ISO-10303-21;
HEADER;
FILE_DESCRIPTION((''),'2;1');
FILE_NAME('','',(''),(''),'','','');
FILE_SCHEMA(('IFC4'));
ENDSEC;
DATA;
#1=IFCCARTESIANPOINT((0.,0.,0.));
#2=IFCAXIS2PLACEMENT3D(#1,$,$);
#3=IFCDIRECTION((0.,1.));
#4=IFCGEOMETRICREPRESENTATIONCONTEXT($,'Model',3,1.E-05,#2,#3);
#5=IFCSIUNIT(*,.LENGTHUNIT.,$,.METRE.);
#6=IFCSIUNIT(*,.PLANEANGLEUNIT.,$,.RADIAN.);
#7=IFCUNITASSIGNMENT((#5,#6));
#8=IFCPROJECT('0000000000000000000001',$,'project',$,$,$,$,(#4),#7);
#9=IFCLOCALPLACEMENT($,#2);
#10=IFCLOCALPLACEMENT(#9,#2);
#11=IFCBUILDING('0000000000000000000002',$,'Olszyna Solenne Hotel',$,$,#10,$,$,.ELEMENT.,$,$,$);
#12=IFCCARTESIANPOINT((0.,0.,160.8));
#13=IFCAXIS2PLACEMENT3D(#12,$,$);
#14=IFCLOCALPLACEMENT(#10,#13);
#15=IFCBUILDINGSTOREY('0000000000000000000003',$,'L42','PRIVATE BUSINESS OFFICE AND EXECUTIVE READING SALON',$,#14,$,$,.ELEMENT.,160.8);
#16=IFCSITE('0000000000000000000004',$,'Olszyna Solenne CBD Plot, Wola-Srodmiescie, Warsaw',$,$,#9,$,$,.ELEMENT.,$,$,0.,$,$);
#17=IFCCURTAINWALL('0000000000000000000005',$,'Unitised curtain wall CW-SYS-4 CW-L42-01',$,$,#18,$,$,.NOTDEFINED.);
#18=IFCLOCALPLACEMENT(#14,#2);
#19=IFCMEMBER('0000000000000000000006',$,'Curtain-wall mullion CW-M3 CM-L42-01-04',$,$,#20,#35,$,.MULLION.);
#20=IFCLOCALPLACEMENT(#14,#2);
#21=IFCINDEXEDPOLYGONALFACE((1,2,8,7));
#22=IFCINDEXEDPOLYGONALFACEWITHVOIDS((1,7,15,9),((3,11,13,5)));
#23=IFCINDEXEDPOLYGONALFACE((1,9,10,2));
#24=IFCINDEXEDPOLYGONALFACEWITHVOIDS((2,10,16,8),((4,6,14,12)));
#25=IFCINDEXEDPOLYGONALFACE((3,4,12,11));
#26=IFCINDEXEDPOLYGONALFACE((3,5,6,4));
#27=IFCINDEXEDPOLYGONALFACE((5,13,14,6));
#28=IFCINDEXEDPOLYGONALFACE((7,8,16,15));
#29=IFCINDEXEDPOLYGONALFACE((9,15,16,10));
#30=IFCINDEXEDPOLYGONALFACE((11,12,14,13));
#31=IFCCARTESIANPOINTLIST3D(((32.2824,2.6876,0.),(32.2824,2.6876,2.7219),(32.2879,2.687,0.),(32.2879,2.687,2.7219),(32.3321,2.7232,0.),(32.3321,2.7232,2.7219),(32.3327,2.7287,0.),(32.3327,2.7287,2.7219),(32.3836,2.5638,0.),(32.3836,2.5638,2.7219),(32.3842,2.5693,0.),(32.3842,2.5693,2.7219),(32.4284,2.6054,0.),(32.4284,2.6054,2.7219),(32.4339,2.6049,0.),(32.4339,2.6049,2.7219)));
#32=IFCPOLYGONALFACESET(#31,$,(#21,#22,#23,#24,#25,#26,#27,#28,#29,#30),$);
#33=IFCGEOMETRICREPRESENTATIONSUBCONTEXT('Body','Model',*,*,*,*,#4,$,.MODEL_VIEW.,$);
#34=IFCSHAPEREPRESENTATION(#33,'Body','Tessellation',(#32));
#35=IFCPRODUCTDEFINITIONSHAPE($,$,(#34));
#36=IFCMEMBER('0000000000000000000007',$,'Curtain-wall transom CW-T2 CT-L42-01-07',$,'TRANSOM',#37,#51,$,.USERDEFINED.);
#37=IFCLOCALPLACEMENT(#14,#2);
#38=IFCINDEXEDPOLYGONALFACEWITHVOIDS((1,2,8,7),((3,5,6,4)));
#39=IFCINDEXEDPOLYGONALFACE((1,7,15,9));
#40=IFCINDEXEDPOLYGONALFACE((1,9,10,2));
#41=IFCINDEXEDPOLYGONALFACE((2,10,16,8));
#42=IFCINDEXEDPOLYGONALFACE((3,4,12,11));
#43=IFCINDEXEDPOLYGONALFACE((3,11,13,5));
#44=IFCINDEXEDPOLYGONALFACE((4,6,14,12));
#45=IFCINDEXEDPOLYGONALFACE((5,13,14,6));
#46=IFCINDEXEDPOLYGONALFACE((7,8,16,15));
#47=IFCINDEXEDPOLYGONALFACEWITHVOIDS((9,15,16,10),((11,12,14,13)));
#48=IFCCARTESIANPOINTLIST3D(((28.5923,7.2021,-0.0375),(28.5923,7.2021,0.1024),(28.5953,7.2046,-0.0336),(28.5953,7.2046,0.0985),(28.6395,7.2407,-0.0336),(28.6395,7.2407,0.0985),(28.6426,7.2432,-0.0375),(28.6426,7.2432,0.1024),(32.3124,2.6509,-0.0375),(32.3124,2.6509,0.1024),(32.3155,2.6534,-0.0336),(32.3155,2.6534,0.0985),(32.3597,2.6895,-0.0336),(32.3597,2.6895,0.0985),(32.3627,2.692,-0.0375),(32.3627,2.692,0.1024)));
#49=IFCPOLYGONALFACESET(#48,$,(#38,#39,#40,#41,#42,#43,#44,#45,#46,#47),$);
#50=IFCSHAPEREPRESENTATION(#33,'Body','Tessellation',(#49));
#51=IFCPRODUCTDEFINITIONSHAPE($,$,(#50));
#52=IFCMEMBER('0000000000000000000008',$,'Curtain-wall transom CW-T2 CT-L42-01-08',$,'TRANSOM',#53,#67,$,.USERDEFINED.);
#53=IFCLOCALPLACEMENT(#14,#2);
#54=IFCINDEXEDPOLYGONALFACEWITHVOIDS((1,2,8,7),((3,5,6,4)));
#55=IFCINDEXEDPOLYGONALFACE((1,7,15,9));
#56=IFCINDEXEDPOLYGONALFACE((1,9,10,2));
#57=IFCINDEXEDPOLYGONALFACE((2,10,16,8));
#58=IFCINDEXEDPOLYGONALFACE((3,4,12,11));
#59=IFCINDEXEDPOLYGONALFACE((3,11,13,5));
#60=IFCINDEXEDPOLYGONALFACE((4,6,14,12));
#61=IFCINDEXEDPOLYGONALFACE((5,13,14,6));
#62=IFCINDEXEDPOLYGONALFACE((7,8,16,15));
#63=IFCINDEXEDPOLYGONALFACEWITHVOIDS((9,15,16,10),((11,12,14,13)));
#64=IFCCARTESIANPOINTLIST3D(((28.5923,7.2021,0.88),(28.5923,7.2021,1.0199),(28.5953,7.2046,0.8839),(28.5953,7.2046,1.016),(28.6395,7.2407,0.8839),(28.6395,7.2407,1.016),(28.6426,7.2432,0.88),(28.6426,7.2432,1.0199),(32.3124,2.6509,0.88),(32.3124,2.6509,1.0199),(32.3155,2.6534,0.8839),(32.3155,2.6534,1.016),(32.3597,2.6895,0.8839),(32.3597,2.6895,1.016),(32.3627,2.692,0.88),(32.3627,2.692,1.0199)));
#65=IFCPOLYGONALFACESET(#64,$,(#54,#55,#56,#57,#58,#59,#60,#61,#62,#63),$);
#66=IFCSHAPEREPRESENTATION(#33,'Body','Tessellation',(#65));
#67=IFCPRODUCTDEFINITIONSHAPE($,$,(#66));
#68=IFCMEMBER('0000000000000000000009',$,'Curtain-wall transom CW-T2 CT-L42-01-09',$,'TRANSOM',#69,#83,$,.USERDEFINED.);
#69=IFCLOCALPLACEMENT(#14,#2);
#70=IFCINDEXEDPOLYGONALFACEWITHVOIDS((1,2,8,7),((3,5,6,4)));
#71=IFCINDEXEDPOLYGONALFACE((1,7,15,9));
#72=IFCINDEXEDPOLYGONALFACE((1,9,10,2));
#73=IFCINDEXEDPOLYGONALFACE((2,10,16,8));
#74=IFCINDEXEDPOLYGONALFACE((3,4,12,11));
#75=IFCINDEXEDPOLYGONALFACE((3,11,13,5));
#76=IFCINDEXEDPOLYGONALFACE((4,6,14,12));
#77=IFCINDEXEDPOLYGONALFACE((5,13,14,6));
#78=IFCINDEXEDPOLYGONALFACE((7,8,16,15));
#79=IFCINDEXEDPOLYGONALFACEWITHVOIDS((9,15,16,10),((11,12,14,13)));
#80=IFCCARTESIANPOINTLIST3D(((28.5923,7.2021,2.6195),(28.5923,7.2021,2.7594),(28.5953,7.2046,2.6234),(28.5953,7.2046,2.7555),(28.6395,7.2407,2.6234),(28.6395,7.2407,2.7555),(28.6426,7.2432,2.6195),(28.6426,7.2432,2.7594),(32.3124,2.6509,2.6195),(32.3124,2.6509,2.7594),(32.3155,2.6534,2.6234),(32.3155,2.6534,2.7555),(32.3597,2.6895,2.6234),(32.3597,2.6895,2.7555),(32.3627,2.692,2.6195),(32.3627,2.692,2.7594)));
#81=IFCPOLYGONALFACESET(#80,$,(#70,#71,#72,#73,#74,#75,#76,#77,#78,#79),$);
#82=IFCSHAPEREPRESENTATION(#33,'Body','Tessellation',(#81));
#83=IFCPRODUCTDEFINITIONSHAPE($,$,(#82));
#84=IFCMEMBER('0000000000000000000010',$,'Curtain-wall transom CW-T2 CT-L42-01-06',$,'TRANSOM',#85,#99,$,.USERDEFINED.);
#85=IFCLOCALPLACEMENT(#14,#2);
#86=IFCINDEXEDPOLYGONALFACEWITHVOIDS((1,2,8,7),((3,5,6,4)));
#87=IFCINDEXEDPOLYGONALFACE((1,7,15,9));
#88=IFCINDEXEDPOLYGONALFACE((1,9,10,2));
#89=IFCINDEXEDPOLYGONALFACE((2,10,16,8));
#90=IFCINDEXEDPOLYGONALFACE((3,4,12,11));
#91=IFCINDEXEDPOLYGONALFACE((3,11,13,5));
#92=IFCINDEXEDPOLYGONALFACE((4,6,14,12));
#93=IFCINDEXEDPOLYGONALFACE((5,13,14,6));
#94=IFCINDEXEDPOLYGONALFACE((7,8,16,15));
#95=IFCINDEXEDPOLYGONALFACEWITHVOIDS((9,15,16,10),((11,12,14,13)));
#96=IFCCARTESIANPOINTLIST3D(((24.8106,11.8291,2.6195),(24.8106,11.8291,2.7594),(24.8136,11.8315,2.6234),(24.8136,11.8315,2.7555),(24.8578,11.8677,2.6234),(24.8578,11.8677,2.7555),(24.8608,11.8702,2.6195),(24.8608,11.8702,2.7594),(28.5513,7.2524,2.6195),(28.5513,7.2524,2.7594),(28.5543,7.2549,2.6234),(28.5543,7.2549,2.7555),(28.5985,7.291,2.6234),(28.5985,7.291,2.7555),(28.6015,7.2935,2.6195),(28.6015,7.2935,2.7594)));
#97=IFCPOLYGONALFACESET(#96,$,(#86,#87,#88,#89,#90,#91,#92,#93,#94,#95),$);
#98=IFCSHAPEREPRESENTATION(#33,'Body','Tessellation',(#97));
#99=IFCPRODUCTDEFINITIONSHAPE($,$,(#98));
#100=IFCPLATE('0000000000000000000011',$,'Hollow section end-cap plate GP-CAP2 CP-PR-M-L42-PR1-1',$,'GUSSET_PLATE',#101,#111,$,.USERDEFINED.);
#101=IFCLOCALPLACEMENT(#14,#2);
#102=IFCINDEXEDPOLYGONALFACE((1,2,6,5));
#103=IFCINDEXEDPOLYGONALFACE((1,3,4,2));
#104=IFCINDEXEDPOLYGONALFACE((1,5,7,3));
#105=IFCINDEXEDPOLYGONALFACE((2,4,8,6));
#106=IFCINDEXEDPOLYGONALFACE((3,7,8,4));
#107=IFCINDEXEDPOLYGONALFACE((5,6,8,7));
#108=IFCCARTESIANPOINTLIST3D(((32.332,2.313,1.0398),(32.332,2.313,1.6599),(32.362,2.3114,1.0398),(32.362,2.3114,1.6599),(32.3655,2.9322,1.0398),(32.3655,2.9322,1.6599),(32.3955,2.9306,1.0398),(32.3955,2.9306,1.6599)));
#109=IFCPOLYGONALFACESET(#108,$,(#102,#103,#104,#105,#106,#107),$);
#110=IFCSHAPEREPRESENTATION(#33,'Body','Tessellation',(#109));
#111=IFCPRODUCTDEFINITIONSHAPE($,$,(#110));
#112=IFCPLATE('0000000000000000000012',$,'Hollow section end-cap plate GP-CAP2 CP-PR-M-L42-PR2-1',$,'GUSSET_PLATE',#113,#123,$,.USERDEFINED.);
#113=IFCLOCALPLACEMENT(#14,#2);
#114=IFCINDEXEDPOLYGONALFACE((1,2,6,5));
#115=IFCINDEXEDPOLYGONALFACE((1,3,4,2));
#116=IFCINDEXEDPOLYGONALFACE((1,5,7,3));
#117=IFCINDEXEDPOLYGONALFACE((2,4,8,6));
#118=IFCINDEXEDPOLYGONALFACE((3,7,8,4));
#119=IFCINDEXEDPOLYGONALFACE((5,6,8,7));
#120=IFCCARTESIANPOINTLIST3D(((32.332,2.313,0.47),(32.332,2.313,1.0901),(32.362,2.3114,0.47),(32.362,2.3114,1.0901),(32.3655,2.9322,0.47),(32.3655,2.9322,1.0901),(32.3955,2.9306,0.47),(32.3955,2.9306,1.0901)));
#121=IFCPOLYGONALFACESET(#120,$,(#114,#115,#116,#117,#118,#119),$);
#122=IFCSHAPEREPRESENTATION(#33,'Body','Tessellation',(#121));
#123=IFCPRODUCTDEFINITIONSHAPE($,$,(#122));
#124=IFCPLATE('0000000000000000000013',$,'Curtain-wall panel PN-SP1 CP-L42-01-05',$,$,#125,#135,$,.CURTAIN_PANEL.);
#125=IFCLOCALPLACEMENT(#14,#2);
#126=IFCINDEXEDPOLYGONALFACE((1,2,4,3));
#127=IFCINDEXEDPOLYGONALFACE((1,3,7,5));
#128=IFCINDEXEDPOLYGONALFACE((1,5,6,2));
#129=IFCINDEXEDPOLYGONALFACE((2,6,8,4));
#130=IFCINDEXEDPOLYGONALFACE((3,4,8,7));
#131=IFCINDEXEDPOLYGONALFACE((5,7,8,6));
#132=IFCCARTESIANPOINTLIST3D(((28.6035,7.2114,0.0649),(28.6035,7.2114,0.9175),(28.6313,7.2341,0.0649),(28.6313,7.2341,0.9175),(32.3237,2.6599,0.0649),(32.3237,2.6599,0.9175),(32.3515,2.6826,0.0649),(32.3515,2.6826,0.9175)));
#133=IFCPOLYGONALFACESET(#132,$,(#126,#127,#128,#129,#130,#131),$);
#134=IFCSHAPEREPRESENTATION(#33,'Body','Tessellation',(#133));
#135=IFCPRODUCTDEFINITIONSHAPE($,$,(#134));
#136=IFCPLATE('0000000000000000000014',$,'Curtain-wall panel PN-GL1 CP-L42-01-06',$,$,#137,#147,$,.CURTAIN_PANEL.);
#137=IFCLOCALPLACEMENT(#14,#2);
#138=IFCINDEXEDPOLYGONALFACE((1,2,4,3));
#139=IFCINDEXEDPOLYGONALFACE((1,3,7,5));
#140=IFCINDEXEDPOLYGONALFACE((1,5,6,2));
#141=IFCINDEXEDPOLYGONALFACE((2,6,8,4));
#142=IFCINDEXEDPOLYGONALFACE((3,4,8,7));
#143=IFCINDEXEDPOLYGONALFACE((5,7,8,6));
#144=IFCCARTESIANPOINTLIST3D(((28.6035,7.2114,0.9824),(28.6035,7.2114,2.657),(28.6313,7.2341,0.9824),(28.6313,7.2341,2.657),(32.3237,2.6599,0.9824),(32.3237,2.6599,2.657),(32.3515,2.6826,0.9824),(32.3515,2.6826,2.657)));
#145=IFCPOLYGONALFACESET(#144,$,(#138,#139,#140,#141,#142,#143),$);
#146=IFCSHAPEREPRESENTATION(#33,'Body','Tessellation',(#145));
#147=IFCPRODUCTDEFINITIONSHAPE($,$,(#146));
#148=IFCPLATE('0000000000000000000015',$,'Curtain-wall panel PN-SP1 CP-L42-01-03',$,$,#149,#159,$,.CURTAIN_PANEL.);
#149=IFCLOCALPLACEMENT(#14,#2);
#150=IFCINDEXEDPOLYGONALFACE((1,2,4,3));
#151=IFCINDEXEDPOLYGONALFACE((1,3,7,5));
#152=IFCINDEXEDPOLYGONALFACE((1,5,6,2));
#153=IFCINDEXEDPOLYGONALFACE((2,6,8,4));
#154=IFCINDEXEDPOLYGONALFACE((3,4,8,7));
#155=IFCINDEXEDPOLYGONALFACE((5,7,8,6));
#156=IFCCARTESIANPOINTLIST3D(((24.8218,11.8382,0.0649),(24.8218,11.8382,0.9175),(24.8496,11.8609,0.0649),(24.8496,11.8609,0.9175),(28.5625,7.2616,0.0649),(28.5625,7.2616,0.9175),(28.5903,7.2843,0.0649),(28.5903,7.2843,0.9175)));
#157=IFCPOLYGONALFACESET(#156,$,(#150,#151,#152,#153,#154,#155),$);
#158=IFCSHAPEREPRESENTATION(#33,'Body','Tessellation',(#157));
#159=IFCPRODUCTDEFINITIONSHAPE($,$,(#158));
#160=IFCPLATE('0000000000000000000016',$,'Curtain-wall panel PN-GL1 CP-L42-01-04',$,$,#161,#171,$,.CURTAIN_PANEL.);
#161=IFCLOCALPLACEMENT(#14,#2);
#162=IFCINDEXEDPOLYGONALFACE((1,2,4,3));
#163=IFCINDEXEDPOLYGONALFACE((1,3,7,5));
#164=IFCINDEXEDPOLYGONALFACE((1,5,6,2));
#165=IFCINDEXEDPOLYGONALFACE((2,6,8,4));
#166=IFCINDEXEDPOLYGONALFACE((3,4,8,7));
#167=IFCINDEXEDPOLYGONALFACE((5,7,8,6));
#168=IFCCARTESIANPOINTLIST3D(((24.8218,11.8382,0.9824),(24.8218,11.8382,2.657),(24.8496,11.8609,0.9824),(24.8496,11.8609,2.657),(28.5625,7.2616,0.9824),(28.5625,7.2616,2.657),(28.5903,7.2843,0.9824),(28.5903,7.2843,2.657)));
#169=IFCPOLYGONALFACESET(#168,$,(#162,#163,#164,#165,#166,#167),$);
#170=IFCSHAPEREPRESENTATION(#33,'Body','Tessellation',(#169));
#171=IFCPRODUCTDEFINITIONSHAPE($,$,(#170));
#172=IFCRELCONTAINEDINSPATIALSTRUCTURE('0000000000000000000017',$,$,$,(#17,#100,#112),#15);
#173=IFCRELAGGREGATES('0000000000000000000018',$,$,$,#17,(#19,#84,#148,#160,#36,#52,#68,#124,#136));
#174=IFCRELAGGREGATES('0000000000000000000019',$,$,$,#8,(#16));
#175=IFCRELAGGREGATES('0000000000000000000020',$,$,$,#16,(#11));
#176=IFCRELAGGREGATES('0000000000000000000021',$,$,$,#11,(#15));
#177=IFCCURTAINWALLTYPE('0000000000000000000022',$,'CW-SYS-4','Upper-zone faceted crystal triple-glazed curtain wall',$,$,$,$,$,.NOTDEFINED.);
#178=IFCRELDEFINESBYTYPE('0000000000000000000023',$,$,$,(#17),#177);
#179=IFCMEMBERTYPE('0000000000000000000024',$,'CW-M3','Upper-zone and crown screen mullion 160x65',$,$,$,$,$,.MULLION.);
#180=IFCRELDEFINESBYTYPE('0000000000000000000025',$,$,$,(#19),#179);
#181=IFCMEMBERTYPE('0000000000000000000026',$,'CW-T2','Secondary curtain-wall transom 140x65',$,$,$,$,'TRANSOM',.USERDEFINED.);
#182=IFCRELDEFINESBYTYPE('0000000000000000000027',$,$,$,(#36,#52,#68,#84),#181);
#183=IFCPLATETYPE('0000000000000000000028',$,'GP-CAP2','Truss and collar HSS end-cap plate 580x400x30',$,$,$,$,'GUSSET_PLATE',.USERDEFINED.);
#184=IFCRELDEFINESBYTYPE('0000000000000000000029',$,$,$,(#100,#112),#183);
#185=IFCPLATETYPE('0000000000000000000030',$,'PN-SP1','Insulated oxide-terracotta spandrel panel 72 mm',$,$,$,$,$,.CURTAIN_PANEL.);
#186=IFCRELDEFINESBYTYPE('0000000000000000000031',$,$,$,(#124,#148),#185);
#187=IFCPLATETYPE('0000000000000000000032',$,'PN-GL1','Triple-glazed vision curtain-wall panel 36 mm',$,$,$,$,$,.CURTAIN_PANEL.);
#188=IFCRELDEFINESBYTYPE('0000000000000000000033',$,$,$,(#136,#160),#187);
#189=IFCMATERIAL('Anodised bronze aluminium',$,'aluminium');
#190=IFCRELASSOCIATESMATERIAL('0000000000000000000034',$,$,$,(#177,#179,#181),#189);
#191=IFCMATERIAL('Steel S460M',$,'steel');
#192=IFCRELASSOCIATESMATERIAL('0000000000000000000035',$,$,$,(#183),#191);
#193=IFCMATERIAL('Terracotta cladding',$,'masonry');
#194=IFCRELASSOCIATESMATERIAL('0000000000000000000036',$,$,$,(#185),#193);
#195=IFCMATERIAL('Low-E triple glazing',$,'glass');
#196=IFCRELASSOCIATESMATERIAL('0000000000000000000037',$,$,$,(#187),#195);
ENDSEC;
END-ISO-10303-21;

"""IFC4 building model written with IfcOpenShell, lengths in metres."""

from ifc_helpers import new_model, si_unit, direction, frame, origin, origin_2d, place, context, subcontext, project, spatial, rectangle, hollow_rectangle, extrude, source, transform, mapped, material, material_profile, profile_set, type_object, element, aggregate, save


model = new_model("IFC4")

# Units and contexts
model_context = context("Model", 3, precision=1e-05, world=origin(), true_north=direction((0.0, 1.0)))
body_context = subcontext(model_context, "Body", "Model", "MODEL_VIEW")
ifc_project = project(units=[si_unit("LENGTHUNIT", "METRE"), si_unit("PLANEANGLEUNIT", "RADIAN")], contexts=[model_context])

# Site, building, storey
site_placement = place(None, origin())
site = spatial("IfcSite", under=ifc_project, at=site_placement, Name="Olszyna Solenne CBD Plot, Wola-Srodmiescie, Warsaw", CompositionType="ELEMENT", RefElevation=0.0)
building_placement = place(site_placement, origin())
building = spatial("IfcBuilding", under=site, at=building_placement, Name="Olszyna Solenne Hotel", CompositionType="ELEMENT")
storey_placement = place(building_placement, frame((0.0, 0.0, 160.8)))
storey = spatial("IfcBuildingStorey", under=building, at=storey_placement, Name="L42", Description="PRIVATE BUSINESS OFFICE AND EXECUTIVE READING SALON", CompositionType="ELEMENT", Elevation=160.8)

# Shared definitions
ifc_material_1 = material(Name="Steel S460M", Category="steel")

# Curtain wall, members
ifc_material_2 = material(Name="Anodised bronze aluminium", Category="aluminium")
curtain_wall_type = type_object("IfcCurtainWallType", Name="CW-SYS-4", Description="Upper-zone faceted crystal triple-glazed curtain wall", PredefinedType="NOTDEFINED", material=ifc_material_2)
curtain_wall_placement = place(storey_placement, origin())
curtain_wall = element("IfcCurtainWall", 1, at=curtain_wall_placement, inside=storey, type_object=curtain_wall_type, Name="Unitised curtain wall CW-SYS-4 CW-L42-01", PredefinedType="NOTDEFINED")
ifc_material_profile_1 = material_profile(ifc_material_2, hollow_rectangle(XDim=0.0649, YDim=0.1599, WallThickness=0.0039, at=origin_2d()), Name="MULL 160x65x4", Category="load-bearing")
ifc_profile_set_1 = profile_set([ifc_material_profile_1], Name="Anodised bronze aluminium")
member_type_1 = type_object("IfcMemberType", Name="CW-M3", Description="Upper-zone and crown screen mullion 160x65", PredefinedType="MULLION", material=ifc_profile_set_1)
shared_shape_1 = source(origin(), body_context, "Body", "SweptSolid", [
    extrude(hollow_rectangle(XDim=0.0649, YDim=0.1599, WallThickness=0.0039, at=origin_2d()), origin(), (0.0, 0.0, 1.0), 2.7219),
])
member_1_placement = place(storey_placement, frame((32.3582, 2.6462, 0.0), z_axis=(0.0, 0.0, 1.0), x_axis=(0.774268, 0.632858, 0.0)))
member_1 = element("IfcMember", 2, at=member_1_placement, type_object=member_type_1, Name="Curtain-wall mullion CW-M3 CM-L42-01-04", PredefinedType="MULLION", context=body_context, shape_type="MappedRepresentation", body=[
    mapped(shared_shape_1, transform((0.0, 0.0, 0.0), x_axis=(1.0, 0.0, 0.0), y_axis=(0.0, 1.0, 0.0), z_axis=(0.0, 0.0, 1.0), scale=1.0)),
])
ifc_material_profile_2 = material_profile(ifc_material_2, hollow_rectangle(XDim=0.0649, YDim=0.1399, WallThickness=0.0039, at=origin_2d()), Name="TRAN 140x65x4", Category="load-bearing")
ifc_profile_set_2 = profile_set([ifc_material_profile_2], Name="Anodised bronze aluminium")
member_type_2 = type_object("IfcMemberType", Name="CW-T2", Description="Secondary curtain-wall transom 140x65", ElementType="TRANSOM", PredefinedType="USERDEFINED", material=ifc_profile_set_2)
shared_shape_2 = source(origin(), body_context, "Body", "SweptSolid", [
    extrude(hollow_rectangle(XDim=0.0649, YDim=0.1399, WallThickness=0.0039, at=origin_2d()), origin(), (0.0, 0.0, 1.0), 5.8782),
])
member_2_placement = place(storey_placement, frame((28.6174, 7.2227, 0.0325), z_axis=(0.632876, -0.774253, 0.0), x_axis=(0.774253, 0.632876, 0.0)))
member_2 = element("IfcMember", 3, at=member_2_placement, type_object=member_type_2, Name="Curtain-wall transom CW-T2 CT-L42-01-07", ObjectType="TRANSOM", PredefinedType="USERDEFINED", context=body_context, shape_type="MappedRepresentation", body=[
    mapped(shared_shape_2, transform((0.0, 0.0, 0.0), x_axis=(1.0, 0.0, 0.0), y_axis=(0.0, 1.0, 0.0), z_axis=(0.0, 0.0, 1.0), scale=1.0)),
])
member_3_placement = place(storey_placement, frame((28.6174, 7.2227, 0.95), z_axis=(0.632876, -0.774253, 0.0), x_axis=(0.774253, 0.632876, 0.0)))
member_3 = element("IfcMember", 4, at=member_3_placement, type_object=member_type_2, Name="Curtain-wall transom CW-T2 CT-L42-01-08", ObjectType="TRANSOM", PredefinedType="USERDEFINED", context=body_context, shape_type="MappedRepresentation", body=[
    mapped(shared_shape_2, transform((0.0, 0.0, 0.0), x_axis=(1.0, 0.0, 0.0), y_axis=(0.0, 1.0, 0.0), z_axis=(0.0, 0.0, 1.0), scale=1.0)),
])
member_4_placement = place(storey_placement, frame((28.6174, 7.2227, 2.6895), z_axis=(0.632876, -0.774253, 0.0), x_axis=(0.774253, 0.632876, 0.0)))
member_4 = element("IfcMember", 5, at=member_4_placement, type_object=member_type_2, Name="Curtain-wall transom CW-T2 CT-L42-01-09", ObjectType="TRANSOM", PredefinedType="USERDEFINED", context=body_context, shape_type="MappedRepresentation", body=[
    mapped(shared_shape_2, transform((0.0, 0.0, 0.0), x_axis=(1.0, 0.0, 0.0), y_axis=(0.0, 1.0, 0.0), z_axis=(0.0, 0.0, 1.0), scale=1.0)),
])
shared_shape_3 = source(origin(), body_context, "Body", "SweptSolid", [
    extrude(hollow_rectangle(XDim=0.0649, YDim=0.1399, WallThickness=0.0039, at=origin_2d()), origin(), (0.0, 0.0, 1.0), 5.9109),
])
member_5_placement = place(storey_placement, frame((24.8357, 11.8496, 2.6895), z_axis=(0.632851, -0.774274, 0.0), x_axis=(0.774274, 0.632851, 0.0)))
member_5 = element("IfcMember", 6, at=member_5_placement, type_object=member_type_2, Name="Curtain-wall transom CW-T2 CT-L42-01-06", ObjectType="TRANSOM", PredefinedType="USERDEFINED", context=body_context, shape_type="MappedRepresentation", body=[
    mapped(shared_shape_3, transform((0.0, 0.0, 0.0), x_axis=(1.0, 0.0, 0.0), y_axis=(0.0, 1.0, 0.0), z_axis=(0.0, 0.0, 1.0), scale=1.0)),
])

# Plates
plate_type_1 = type_object("IfcPlateType", Name="GP-CAP2", Description="Truss and collar HSS end-cap plate 580x400x30", ElementType="GUSSET_PLATE", PredefinedType="USERDEFINED", material=ifc_material_1)
shared_shape_4 = source(origin(), body_context, "Body", "SweptSolid", [
    extrude(rectangle(XDim=0.03, YDim=0.6201, at=origin_2d()), origin(), (0.0, 0.0, 1.0), 0.6201),
])
for number, where, z_axis, x_axis, name in (
    (7, (32.3638, 2.6218, 1.0398), (0.0, 0.0, 1.0), (0.998537, -0.054079, 0.0), "Hollow section end-cap plate GP-CAP2 CP-PR-M-L42-PR1-1"),
    (8, (32.3638, 2.6218, 0.47), (0.0, 0.0, 1.0), (0.998537, -0.054079, 0.0), "Hollow section end-cap plate GP-CAP2 CP-PR-M-L42-PR2-1"),
):
    element("IfcPlate", number, at=place(storey_placement, frame(where, z_axis=z_axis, x_axis=x_axis)), inside=storey, type_object=plate_type_1, Name=name, ObjectType="GUSSET_PLATE", PredefinedType="USERDEFINED", context=body_context, shape_type="MappedRepresentation", body=[
        mapped(shared_shape_4, transform((0.0, 0.0, 0.0), x_axis=(1.0, 0.0, 0.0), y_axis=(0.0, 1.0, 0.0), z_axis=(0.0, 0.0, 1.0), scale=1.0)),
    ])

# Plates
ifc_material_3 = material(Name="Terracotta cladding", Category="masonry")
plate_type_2 = type_object("IfcPlateType", Name="PN-SP1", Description="Insulated oxide-terracotta spandrel panel 72 mm", PredefinedType="CURTAIN_PANEL", material=ifc_material_3)
shared_shape_5 = source(origin(), body_context, "Body", "SweptSolid", [
    extrude(rectangle(XDim=5.8784, YDim=0.0359, at=origin_2d()), origin(), (0.0, 0.0, 1.0), 0.8525),
])
plate_1_placement = place(storey_placement, frame((30.4775, 4.947, 0.0649), z_axis=(0.0, 0.0, 1.0), x_axis=(0.632858, -0.774268, 0.0)))
plate_1 = element("IfcPlate", 9, at=plate_1_placement, type_object=plate_type_2, Name="Curtain-wall panel PN-SP1 CP-L42-01-05", PredefinedType="CURTAIN_PANEL", context=body_context, shape_type="MappedRepresentation", body=[
    mapped(shared_shape_5, transform((0.0, 0.0, 0.0), x_axis=(1.0, 0.0, 0.0), y_axis=(0.0, 1.0, 0.0), z_axis=(0.0, 0.0, 1.0), scale=1.0)),
])
ifc_material_4 = material(Name="Low-E triple glazing", Category="glass")
plate_type_3 = type_object("IfcPlateType", Name="PN-GL1", Description="Triple-glazed vision curtain-wall panel 36 mm", PredefinedType="CURTAIN_PANEL", material=ifc_material_4)
shared_shape_6 = source(origin(), body_context, "Body", "SweptSolid", [
    extrude(rectangle(XDim=5.8784, YDim=0.0359, at=origin_2d()), origin(), (0.0, 0.0, 1.0), 1.6746),
])
plate_2_placement = place(storey_placement, frame((30.4775, 4.947, 0.9824), z_axis=(0.0, 0.0, 1.0), x_axis=(0.632858, -0.774268, 0.0)))
plate_2 = element("IfcPlate", 10, at=plate_2_placement, type_object=plate_type_3, Name="Curtain-wall panel PN-GL1 CP-L42-01-06", PredefinedType="CURTAIN_PANEL", context=body_context, shape_type="MappedRepresentation", body=[
    mapped(shared_shape_6, transform((0.0, 0.0, 0.0), x_axis=(1.0, 0.0, 0.0), y_axis=(0.0, 1.0, 0.0), z_axis=(0.0, 0.0, 1.0), scale=1.0)),
])
shared_shape_7 = source(origin(), body_context, "Body", "SweptSolid", [
    extrude(rectangle(XDim=5.9109, YDim=0.0359, at=origin_2d()), origin(), (0.0, 0.0, 1.0), 0.8525),
])
plate_3_placement = place(storey_placement, frame((26.7061, 9.5613, 0.0649), z_axis=(0.0, 0.0, 1.0), x_axis=(0.632858, -0.774268, 0.0)))
plate_3 = element("IfcPlate", 11, at=plate_3_placement, type_object=plate_type_2, Name="Curtain-wall panel PN-SP1 CP-L42-01-03", PredefinedType="CURTAIN_PANEL", context=body_context, shape_type="MappedRepresentation", body=[
    mapped(shared_shape_7, transform((0.0, 0.0, 0.0), x_axis=(1.0, 0.0, 0.0), y_axis=(0.0, 1.0, 0.0), z_axis=(0.0, 0.0, 1.0), scale=1.0)),
])
shared_shape_8 = source(origin(), body_context, "Body", "SweptSolid", [
    extrude(rectangle(XDim=5.9109, YDim=0.0359, at=origin_2d()), origin(), (0.0, 0.0, 1.0), 1.6746),
])
plate_4_placement = place(storey_placement, frame((26.7061, 9.5613, 0.9824), z_axis=(0.0, 0.0, 1.0), x_axis=(0.632858, -0.774268, 0.0)))
plate_4 = element("IfcPlate", 12, at=plate_4_placement, type_object=plate_type_3, Name="Curtain-wall panel PN-GL1 CP-L42-01-04", PredefinedType="CURTAIN_PANEL", context=body_context, shape_type="MappedRepresentation", body=[
    mapped(shared_shape_8, transform((0.0, 0.0, 0.0), x_axis=(1.0, 0.0, 0.0), y_axis=(0.0, 1.0, 0.0), z_axis=(0.0, 0.0, 1.0), scale=1.0)),
])
aggregate(curtain_wall, [member_1, member_5, plate_3, plate_4, member_2, member_3, member_4, plate_1, plate_2])

save(model, "model.ifc")
